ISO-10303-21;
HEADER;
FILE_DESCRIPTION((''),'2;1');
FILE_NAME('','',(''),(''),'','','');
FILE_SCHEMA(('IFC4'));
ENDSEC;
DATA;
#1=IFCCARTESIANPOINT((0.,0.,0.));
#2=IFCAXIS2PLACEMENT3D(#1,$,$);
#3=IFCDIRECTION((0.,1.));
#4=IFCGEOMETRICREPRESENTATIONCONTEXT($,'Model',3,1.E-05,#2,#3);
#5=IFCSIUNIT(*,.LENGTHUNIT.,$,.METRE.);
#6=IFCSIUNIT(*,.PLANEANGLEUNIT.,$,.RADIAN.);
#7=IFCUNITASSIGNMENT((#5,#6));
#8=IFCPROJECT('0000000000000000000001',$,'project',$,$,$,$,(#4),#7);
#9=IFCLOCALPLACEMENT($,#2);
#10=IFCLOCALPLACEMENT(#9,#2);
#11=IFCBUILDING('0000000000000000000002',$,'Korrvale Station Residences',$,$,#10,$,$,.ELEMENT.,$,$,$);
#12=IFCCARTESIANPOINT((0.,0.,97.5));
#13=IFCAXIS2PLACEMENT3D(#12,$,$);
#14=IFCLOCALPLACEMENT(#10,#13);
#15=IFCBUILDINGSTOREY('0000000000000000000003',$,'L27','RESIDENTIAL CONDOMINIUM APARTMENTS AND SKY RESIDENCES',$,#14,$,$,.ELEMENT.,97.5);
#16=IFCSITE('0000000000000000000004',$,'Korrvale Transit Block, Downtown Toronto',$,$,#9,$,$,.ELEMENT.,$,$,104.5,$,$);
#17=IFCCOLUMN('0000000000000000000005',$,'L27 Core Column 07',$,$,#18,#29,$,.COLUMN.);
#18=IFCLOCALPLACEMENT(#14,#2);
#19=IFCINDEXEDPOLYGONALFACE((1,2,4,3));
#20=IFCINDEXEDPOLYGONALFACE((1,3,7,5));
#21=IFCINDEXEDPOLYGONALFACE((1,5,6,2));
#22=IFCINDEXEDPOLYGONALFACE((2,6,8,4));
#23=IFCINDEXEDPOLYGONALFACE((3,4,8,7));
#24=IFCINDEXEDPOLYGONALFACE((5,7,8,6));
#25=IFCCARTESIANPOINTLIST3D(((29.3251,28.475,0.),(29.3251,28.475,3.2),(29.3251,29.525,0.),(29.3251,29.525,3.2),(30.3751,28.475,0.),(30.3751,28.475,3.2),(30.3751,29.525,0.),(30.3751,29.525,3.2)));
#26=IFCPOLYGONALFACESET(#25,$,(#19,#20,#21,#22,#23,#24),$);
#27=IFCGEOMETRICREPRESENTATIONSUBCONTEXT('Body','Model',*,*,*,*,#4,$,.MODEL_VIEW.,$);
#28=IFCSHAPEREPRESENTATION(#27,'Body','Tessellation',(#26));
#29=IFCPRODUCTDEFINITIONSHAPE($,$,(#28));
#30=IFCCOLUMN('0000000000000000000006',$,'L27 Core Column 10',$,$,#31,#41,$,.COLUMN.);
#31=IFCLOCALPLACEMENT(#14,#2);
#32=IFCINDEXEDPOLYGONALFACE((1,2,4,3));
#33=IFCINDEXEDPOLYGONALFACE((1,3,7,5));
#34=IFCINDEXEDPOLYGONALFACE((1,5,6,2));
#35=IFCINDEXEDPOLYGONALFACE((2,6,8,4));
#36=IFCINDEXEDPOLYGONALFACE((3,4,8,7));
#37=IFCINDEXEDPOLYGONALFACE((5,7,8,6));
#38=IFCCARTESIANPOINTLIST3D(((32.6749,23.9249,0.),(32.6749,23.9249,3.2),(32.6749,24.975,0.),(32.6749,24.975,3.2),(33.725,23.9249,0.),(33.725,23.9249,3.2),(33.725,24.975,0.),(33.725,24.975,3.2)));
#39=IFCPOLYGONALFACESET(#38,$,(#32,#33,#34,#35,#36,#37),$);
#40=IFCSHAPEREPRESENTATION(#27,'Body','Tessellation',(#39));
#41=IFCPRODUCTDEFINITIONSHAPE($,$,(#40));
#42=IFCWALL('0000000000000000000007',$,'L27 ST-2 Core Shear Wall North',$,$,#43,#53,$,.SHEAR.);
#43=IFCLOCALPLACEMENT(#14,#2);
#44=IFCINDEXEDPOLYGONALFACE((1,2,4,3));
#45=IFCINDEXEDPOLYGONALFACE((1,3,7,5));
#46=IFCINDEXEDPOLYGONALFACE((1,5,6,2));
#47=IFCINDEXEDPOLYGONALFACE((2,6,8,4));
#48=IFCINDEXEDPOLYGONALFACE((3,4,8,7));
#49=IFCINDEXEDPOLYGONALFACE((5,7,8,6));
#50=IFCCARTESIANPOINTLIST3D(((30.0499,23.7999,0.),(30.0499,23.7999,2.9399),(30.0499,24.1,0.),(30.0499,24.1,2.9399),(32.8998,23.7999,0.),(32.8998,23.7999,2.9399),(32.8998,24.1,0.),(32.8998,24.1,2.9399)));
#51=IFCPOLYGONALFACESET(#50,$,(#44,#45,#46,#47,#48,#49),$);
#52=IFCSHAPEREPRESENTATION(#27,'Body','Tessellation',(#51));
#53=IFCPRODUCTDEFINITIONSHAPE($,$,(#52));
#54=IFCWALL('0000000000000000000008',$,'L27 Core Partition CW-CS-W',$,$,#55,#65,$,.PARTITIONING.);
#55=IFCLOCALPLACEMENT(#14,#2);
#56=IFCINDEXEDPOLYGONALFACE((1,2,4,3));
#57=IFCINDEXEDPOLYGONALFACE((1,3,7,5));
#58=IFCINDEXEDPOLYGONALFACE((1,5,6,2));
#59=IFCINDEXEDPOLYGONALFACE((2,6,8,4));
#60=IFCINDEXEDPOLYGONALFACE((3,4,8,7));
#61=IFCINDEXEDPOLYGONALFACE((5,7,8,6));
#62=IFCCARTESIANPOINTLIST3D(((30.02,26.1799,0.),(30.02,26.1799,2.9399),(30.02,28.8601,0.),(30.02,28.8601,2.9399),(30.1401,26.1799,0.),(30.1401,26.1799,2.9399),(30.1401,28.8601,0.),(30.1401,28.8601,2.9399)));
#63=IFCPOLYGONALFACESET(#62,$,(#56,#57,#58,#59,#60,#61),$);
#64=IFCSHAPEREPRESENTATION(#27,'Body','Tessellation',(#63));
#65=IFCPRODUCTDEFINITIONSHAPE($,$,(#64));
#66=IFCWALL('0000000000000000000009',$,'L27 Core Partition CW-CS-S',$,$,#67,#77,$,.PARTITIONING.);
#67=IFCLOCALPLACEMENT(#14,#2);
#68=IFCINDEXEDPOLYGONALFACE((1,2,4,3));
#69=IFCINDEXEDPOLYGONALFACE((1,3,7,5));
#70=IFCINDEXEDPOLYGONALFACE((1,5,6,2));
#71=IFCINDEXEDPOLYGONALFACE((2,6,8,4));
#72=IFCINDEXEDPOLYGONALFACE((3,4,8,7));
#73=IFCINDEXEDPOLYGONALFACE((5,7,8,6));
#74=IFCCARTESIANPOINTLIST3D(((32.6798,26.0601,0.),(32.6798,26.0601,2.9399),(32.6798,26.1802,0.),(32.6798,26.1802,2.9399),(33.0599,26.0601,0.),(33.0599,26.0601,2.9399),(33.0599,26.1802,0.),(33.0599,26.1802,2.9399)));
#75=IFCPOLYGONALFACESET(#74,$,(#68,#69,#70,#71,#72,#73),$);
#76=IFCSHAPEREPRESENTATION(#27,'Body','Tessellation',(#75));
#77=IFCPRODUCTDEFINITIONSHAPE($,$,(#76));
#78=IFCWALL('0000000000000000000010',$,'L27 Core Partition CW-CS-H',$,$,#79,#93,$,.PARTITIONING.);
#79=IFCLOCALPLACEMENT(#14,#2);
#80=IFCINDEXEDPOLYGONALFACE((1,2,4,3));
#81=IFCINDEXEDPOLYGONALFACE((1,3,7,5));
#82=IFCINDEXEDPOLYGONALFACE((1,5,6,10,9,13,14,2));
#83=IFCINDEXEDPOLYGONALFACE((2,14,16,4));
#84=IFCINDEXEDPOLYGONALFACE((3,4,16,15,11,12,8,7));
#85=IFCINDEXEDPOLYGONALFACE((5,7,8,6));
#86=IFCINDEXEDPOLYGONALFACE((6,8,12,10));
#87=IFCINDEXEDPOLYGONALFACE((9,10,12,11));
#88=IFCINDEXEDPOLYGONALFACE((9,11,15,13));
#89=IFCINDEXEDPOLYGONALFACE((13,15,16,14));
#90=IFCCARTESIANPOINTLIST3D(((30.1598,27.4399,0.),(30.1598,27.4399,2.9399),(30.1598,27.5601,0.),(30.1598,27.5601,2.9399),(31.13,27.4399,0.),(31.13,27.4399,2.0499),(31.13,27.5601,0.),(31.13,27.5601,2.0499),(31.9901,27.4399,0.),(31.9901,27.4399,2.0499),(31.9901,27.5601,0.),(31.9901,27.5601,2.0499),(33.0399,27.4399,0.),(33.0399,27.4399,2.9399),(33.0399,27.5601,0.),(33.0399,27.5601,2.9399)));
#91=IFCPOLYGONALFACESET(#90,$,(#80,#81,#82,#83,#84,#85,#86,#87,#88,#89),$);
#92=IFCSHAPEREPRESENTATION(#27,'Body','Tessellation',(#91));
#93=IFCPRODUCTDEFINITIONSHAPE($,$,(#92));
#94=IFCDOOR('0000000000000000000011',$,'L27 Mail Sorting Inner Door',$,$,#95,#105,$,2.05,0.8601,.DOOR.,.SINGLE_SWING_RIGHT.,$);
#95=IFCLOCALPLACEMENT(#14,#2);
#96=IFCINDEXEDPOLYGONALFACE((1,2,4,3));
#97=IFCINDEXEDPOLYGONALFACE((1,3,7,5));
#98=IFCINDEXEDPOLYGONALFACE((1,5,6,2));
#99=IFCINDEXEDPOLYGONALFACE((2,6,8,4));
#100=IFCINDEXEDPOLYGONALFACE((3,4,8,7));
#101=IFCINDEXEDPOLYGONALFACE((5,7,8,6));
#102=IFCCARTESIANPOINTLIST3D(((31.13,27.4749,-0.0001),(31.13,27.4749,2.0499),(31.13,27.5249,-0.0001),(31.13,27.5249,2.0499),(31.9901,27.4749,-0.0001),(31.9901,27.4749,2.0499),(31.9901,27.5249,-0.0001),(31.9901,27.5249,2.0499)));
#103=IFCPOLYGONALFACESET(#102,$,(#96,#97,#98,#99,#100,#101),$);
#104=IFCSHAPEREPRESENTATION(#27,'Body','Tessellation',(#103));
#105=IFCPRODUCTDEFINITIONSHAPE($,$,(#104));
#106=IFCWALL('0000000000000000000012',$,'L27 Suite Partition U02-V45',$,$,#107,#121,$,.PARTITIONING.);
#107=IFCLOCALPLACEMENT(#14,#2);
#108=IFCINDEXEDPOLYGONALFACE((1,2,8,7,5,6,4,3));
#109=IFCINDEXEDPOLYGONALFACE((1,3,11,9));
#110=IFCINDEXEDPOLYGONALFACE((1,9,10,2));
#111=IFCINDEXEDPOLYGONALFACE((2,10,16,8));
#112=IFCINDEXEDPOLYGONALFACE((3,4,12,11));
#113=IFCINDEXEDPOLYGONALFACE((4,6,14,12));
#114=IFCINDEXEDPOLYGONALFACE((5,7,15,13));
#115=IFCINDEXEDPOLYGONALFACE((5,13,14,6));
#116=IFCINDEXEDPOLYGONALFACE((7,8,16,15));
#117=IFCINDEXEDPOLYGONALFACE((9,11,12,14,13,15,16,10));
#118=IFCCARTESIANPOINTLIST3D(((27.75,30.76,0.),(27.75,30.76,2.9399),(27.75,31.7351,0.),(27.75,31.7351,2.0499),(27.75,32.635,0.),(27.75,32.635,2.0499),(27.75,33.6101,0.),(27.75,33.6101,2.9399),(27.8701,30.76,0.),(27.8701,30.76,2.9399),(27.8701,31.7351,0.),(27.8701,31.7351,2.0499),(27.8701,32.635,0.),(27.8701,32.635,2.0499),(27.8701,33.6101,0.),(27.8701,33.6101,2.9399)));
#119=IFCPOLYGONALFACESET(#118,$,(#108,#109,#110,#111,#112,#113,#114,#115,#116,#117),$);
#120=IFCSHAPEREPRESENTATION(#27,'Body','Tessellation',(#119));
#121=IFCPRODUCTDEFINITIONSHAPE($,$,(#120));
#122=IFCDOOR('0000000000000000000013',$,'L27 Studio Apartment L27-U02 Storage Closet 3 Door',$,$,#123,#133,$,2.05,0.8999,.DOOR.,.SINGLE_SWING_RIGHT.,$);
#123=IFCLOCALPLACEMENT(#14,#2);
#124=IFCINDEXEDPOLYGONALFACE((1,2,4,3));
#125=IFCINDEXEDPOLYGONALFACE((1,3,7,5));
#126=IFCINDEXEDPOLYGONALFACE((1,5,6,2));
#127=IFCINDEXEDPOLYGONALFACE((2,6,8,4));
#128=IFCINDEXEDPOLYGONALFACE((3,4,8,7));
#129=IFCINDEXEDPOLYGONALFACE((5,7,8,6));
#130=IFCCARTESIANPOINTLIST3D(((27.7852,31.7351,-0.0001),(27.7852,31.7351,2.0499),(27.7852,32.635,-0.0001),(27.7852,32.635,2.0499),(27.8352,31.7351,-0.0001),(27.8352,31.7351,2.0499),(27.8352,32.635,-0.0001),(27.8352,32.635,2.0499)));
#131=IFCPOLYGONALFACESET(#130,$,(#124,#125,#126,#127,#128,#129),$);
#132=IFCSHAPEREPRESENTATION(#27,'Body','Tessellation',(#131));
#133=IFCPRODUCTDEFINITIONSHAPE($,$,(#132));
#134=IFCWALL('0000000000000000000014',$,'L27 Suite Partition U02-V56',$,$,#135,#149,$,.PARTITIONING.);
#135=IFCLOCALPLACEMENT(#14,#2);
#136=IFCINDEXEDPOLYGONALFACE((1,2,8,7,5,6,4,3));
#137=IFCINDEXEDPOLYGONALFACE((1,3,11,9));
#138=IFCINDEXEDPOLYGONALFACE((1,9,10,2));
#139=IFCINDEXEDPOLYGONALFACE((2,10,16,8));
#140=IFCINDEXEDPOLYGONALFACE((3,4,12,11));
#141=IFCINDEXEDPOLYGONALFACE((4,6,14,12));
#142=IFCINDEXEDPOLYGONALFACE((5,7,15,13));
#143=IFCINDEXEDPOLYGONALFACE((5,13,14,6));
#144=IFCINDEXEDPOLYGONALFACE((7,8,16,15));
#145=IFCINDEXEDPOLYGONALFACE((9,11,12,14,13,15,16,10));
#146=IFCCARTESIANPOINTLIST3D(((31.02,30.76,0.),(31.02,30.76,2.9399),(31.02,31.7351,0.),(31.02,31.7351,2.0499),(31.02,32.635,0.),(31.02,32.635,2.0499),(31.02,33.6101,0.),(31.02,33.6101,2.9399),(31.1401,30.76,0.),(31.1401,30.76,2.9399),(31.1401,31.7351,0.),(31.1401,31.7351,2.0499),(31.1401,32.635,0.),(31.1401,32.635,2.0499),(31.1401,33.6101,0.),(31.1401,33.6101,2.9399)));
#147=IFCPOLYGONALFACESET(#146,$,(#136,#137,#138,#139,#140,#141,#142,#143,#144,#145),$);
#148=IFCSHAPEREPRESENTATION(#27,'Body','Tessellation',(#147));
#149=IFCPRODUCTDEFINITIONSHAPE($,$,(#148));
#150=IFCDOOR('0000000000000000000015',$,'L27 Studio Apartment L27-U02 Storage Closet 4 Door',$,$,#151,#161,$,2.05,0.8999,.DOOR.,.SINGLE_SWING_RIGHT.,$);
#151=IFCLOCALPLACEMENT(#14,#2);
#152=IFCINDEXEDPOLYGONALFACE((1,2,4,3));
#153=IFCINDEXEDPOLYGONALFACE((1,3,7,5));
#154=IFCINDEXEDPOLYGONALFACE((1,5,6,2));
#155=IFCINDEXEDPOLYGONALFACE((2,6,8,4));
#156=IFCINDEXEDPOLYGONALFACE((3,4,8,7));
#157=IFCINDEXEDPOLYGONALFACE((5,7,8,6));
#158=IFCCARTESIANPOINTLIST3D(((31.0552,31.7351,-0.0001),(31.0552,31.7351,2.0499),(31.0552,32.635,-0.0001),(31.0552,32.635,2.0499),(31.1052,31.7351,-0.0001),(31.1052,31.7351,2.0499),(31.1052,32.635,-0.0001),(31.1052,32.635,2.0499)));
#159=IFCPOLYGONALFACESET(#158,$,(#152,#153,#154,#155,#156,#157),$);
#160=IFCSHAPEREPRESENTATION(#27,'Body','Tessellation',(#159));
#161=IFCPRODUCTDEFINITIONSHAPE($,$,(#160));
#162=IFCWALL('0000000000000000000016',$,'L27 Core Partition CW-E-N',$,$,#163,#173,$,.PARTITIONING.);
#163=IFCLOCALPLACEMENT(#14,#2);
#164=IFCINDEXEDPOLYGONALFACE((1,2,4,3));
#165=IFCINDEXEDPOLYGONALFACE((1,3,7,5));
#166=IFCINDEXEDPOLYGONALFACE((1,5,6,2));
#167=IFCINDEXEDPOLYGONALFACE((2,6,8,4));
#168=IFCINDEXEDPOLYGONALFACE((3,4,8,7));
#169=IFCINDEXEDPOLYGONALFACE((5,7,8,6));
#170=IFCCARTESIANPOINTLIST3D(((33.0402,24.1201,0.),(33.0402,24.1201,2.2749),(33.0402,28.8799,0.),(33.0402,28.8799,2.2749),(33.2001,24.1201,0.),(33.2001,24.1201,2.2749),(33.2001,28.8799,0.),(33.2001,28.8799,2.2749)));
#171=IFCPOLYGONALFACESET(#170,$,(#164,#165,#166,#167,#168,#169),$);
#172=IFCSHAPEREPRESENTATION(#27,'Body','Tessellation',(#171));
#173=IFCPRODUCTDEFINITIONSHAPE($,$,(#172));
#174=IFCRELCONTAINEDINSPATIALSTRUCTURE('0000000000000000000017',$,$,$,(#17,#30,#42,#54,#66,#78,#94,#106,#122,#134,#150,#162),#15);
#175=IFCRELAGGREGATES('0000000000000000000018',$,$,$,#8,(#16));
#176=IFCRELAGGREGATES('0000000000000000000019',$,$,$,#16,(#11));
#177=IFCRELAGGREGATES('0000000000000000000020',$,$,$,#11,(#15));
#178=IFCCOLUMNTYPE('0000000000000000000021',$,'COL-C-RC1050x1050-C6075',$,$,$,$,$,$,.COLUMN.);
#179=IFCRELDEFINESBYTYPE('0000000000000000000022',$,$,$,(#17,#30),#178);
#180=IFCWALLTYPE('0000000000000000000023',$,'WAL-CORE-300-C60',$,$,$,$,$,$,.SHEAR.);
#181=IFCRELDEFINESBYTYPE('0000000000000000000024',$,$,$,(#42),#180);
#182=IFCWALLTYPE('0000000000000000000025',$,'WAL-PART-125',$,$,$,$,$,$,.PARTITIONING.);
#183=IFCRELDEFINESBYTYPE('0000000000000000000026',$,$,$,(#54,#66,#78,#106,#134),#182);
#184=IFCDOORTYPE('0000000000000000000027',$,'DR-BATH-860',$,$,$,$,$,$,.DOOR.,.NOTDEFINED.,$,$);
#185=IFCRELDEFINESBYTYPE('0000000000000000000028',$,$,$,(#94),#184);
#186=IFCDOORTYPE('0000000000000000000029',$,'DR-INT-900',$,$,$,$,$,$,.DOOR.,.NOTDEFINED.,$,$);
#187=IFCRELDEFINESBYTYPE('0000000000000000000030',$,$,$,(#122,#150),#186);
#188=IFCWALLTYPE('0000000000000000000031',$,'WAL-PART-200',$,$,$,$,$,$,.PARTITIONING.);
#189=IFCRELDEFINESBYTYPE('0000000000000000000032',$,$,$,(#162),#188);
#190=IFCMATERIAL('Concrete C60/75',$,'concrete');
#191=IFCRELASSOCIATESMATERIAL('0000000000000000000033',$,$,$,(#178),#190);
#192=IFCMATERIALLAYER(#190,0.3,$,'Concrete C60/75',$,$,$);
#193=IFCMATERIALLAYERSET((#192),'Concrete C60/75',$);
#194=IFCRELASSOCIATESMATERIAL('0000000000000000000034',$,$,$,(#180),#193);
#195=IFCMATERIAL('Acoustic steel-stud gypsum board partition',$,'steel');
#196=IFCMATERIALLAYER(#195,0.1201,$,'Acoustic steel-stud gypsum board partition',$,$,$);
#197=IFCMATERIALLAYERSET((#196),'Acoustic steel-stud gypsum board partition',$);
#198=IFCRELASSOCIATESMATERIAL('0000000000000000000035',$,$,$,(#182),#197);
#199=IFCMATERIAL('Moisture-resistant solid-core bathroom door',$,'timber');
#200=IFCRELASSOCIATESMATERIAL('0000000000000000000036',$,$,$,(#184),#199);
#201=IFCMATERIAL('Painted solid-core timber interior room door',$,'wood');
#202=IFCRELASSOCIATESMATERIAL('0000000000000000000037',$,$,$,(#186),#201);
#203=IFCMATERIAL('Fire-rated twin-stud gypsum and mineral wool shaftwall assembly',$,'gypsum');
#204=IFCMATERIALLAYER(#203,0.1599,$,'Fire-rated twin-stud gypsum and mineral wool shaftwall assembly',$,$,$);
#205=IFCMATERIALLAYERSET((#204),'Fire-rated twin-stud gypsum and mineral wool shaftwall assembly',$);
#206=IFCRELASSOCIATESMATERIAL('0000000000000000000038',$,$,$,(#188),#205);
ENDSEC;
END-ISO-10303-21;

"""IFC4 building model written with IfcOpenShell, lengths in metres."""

from ifc_helpers import new_model, si_unit, direction, frame, frame_2d, origin, origin_2d, place, context, subcontext, project, spatial, rectangle, extrude, material, layer, layer_set, material_profile, profile_set, type_object, element, fill, save


model = new_model("IFC4")

# Units and contexts
model_context = context("Model", 3, precision=1e-05, world=origin(), true_north=direction((0.0, 1.0)))
body_context = subcontext(model_context, "Body", "Model", "MODEL_VIEW")
ifc_project = project(units=[si_unit("LENGTHUNIT", "METRE"), si_unit("PLANEANGLEUNIT", "RADIAN")], contexts=[model_context])

# Site, building, storey
site_placement = place(None, origin())
site = spatial("IfcSite", under=ifc_project, at=site_placement, Name="Korrvale Transit Block, Downtown Toronto", CompositionType="ELEMENT", RefElevation=104.5)
building_placement = place(site_placement, origin())
building = spatial("IfcBuilding", under=site, at=building_placement, Name="Korrvale Station Residences", CompositionType="ELEMENT")
storey_placement = place(building_placement, frame((0.0, 0.0, 97.5)))
storey = spatial("IfcBuildingStorey", under=building, at=storey_placement, Name="L27", Description="RESIDENTIAL CONDOMINIUM APARTMENTS AND SKY RESIDENCES", CompositionType="ELEMENT", Elevation=97.5)

# Columns
ifc_material_1 = material(Name="Concrete C60/75", Category="concrete")
ifc_material_profile = material_profile(ifc_material_1, rectangle(XDim=1.05, YDim=1.05, at=origin_2d()), Name="RC1050x1050")
ifc_profile_set = profile_set([ifc_material_profile], Name="Concrete C60/75")
column_type = type_object("IfcColumnType", Name="COL-C-RC1050x1050-C6075", PredefinedType="COLUMN", material=ifc_profile_set)
for number, where, z_axis, x_axis, name in (
    (1, (29.8501, 29.0, 0.0), (0.0, 0.0, 1.0), (1.0, 0.0, 0.0), "L27 Core Column 07"),
    (2, (33.2, 24.45, 0.0), (0.0, 0.0, 1.0), (1.0, 0.0, 0.0), "L27 Core Column 10"),
):
    element("IfcColumn", number, at=place(storey_placement, frame(where, z_axis=z_axis, x_axis=x_axis)), inside=storey, type_object=column_type, Name=name, PredefinedType="COLUMN", context=body_context, shape_type="SweptSolid", body=[
        extrude(rectangle(XDim=1.05, YDim=1.05, at=origin_2d()), origin(), (0.0, 0.0, 1.0), 3.2),
    ])

# Walls
ifc_layer_1 = layer(ifc_material_1, 0.3, Name="Concrete C60/75")
ifc_layer_set_1 = layer_set([ifc_layer_1], Name="Concrete C60/75")
wall_type_1 = type_object("IfcWallType", Name="WAL-CORE-300-C60", PredefinedType="SHEAR", material=ifc_layer_set_1)
wall_1_placement = place(storey_placement, frame((30.05, 23.95, 0.0), z_axis=(0.0, 0.0, 1.0), x_axis=(1.0, 0.0, 0.0)))
element("IfcWall", 3, at=wall_1_placement, inside=storey, type_object=wall_type_1, Name="L27 ST-2 Core Shear Wall North", PredefinedType="SHEAR", context=body_context, shape_type="SweptSolid", body=[
    extrude(rectangle(XDim=2.8499, YDim=0.3, at=frame_2d((1.4248, 0.0))), origin(), (0.0, 0.0, 1.0), 2.9399),
])
ifc_material_2 = material(Name="Acoustic steel-stud gypsum board partition", Category="steel")
ifc_layer_2 = layer(ifc_material_2, 0.1201, Name="Acoustic steel-stud gypsum board partition")
ifc_layer_set_2 = layer_set([ifc_layer_2], Name="Acoustic steel-stud gypsum board partition")
wall_type_2 = type_object("IfcWallType", Name="WAL-PART-125", PredefinedType="PARTITIONING", material=ifc_layer_set_2)
wall_2_placement = place(storey_placement, frame((30.0801, 26.1799, 0.0), z_axis=(0.0, 0.0, 1.0), x_axis=(0.0, 1.0, 0.0)))
element("IfcWall", 4, at=wall_2_placement, inside=storey, type_object=wall_type_2, Name="L27 Core Partition CW-CS-W", PredefinedType="PARTITIONING", context=body_context, shape_type="SweptSolid", body=[
    extrude(rectangle(XDim=2.6802, YDim=0.1201, at=frame_2d((1.3401, 0.0))), origin(), (0.0, 0.0, 1.0), 2.9399),
])
wall_3_placement = place(storey_placement, frame((32.6799, 26.1201, 0.0), z_axis=(0.0, 0.0, 1.0), x_axis=(1.0, 0.0, 0.0)))
element("IfcWall", 5, at=wall_3_placement, inside=storey, type_object=wall_type_2, Name="L27 Core Partition CW-CS-S", PredefinedType="PARTITIONING", context=body_context, shape_type="SweptSolid", body=[
    extrude(rectangle(XDim=0.3801, YDim=0.1201, at=frame_2d((0.1899, 0.0))), origin(), (0.0, 0.0, 1.0), 2.9399),
])

# Walls, openings, doors
wall_4_placement = place(storey_placement, frame((30.1599, 27.5, 0.0), z_axis=(0.0, 0.0, 1.0), x_axis=(1.0, 0.0, 0.0)))
wall_4 = element("IfcWall", 6, at=wall_4_placement, inside=storey, type_object=wall_type_2, Name="L27 Core Partition CW-CS-H", PredefinedType="PARTITIONING", context=body_context, shape_type="SweptSolid", body=[
    extrude(rectangle(XDim=2.8801, YDim=0.1201, at=frame_2d((1.4399, 0.0))), origin(), (0.0, 0.0, 1.0), 2.9399),
])
opening_1_placement = place(wall_4_placement, frame((0.97, 0.0, 0.0)))
opening_1 = element("IfcOpeningElement", 7, at=opening_1_placement, cuts=wall_4, PredefinedType="OPENING", context=body_context, shape_type="SweptSolid", body=[
    extrude(rectangle(XDim=0.8601, YDim=2.05, at=frame_2d((0.4302, 1.0249))), frame((0.0, 0.0701, 0.0), z_axis=(0.0, -1.0, 0.0), x_axis=(1.0, 0.0, 0.0)), (0.0, 0.0, 1.0), 0.1401),
])
ifc_material_3 = material(Name="Moisture-resistant solid-core bathroom door", Category="timber")
door_type_1 = type_object("IfcDoorType", Name="DR-BATH-860", OperationType="NOTDEFINED", PredefinedType="DOOR", material=ifc_material_3)
door_1_placement = place(opening_1_placement, origin())
door_1 = element("IfcDoor", 8, at=door_1_placement, inside=storey, type_object=door_type_1, Name="L27 Mail Sorting Inner Door", OperationType="SINGLE_SWING_RIGHT", OverallHeight=2.05, OverallWidth=0.8601, PredefinedType="DOOR", context=body_context, shape_type="SweptSolid", body=[
    extrude(rectangle(XDim=0.8601, YDim=2.05, at=frame_2d((0.4302, 1.0249))), frame((0.0, 0.0249, 0.0), z_axis=(0.0, -1.0, 0.0), x_axis=(1.0, 0.0, 0.0)), (0.0, 0.0, 1.0), 0.05),
])
fill(opening_1, door_1)
wall_5_placement = place(storey_placement, frame((27.8101, 30.76, 0.0), z_axis=(0.0, 0.0, 1.0), x_axis=(0.0, 1.0, 0.0)))
wall_5 = element("IfcWall", 9, at=wall_5_placement, inside=storey, type_object=wall_type_2, Name="L27 Suite Partition U02-V45", PredefinedType="PARTITIONING", context=body_context, shape_type="SweptSolid", body=[
    extrude(rectangle(XDim=2.8501, YDim=0.1201, at=frame_2d((1.425, 0.0))), origin(), (0.0, 0.0, 1.0), 2.9399),
])
opening_2_placement = place(wall_5_placement, frame((0.9751, 0.0, 0.0)))
opening_2 = element("IfcOpeningElement", 10, at=opening_2_placement, cuts=wall_5, PredefinedType="OPENING", context=body_context, shape_type="SweptSolid", body=[
    extrude(rectangle(XDim=0.8999, YDim=2.05, at=frame_2d((0.45, 1.0249))), frame((0.0, 0.0701, 0.0), z_axis=(0.0, -1.0, 0.0), x_axis=(1.0, 0.0, 0.0)), (0.0, 0.0, 1.0), 0.1401),
])
ifc_material_4 = material(Name="Painted solid-core timber interior room door", Category="wood")
door_type_2 = type_object("IfcDoorType", Name="DR-INT-900", OperationType="NOTDEFINED", PredefinedType="DOOR", material=ifc_material_4)
door_2_placement = place(opening_2_placement, origin())
door_2 = element("IfcDoor", 11, at=door_2_placement, inside=storey, type_object=door_type_2, Name="L27 Studio Apartment L27-U02 Storage Closet 3 Door", OperationType="SINGLE_SWING_RIGHT", OverallHeight=2.05, OverallWidth=0.8999, PredefinedType="DOOR", context=body_context, shape_type="SweptSolid", body=[
    extrude(rectangle(XDim=0.8999, YDim=2.05, at=frame_2d((0.45, 1.0249))), frame((0.0, 0.0249, 0.0), z_axis=(0.0, -1.0, 0.0), x_axis=(1.0, 0.0, 0.0)), (0.0, 0.0, 1.0), 0.05),
])
fill(opening_2, door_2)
wall_6_placement = place(storey_placement, frame((31.0801, 30.76, 0.0), z_axis=(0.0, 0.0, 1.0), x_axis=(0.0, 1.0, 0.0)))
wall_6 = element("IfcWall", 12, at=wall_6_placement, inside=storey, type_object=wall_type_2, Name="L27 Suite Partition U02-V56", PredefinedType="PARTITIONING", context=body_context, shape_type="SweptSolid", body=[
    extrude(rectangle(XDim=2.8501, YDim=0.1201, at=frame_2d((1.425, 0.0))), origin(), (0.0, 0.0, 1.0), 2.9399),
])
opening_3_placement = place(wall_6_placement, frame((0.9751, 0.0, 0.0)))
opening_3 = element("IfcOpeningElement", 13, at=opening_3_placement, cuts=wall_6, PredefinedType="OPENING", context=body_context, shape_type="SweptSolid", body=[
    extrude(rectangle(XDim=0.8999, YDim=2.05, at=frame_2d((0.45, 1.0249))), frame((0.0, 0.0701, 0.0), z_axis=(0.0, -1.0, 0.0), x_axis=(1.0, 0.0, 0.0)), (0.0, 0.0, 1.0), 0.1401),
])
door_3_placement = place(opening_3_placement, origin())
door_3 = element("IfcDoor", 14, at=door_3_placement, inside=storey, type_object=door_type_2, Name="L27 Studio Apartment L27-U02 Storage Closet 4 Door", OperationType="SINGLE_SWING_RIGHT", OverallHeight=2.05, OverallWidth=0.8999, PredefinedType="DOOR", context=body_context, shape_type="SweptSolid", body=[
    extrude(rectangle(XDim=0.8999, YDim=2.05, at=frame_2d((0.45, 1.0249))), frame((0.0, 0.0249, 0.0), z_axis=(0.0, -1.0, 0.0), x_axis=(1.0, 0.0, 0.0)), (0.0, 0.0, 1.0), 0.05),
])
fill(opening_3, door_3)

# Wall
ifc_material_5 = material(Name="Fire-rated twin-stud gypsum and mineral wool shaftwall assembly", Category="gypsum")
ifc_layer_3 = layer(ifc_material_5, 0.1599, Name="Fire-rated twin-stud gypsum and mineral wool shaftwall assembly")
ifc_layer_set_3 = layer_set([ifc_layer_3], Name="Fire-rated twin-stud gypsum and mineral wool shaftwall assembly")
wall_type_3 = type_object("IfcWallType", Name="WAL-PART-200", PredefinedType="PARTITIONING", material=ifc_layer_set_3)
wall_7_placement = place(storey_placement, frame((33.1201, 24.1201, 0.0), z_axis=(0.0, 0.0, 1.0), x_axis=(0.0, 1.0, 0.0)))
element("IfcWall", 15, at=wall_7_placement, inside=storey, type_object=wall_type_3, Name="L27 Core Partition CW-E-N", PredefinedType="PARTITIONING", context=body_context, shape_type="SweptSolid", body=[
    extrude(rectangle(XDim=4.7598, YDim=0.1599, at=frame_2d((2.3799, 0.0))), origin(), (0.0, 0.0, 1.0), 2.2749),
])

save(model, "model.ifc")
